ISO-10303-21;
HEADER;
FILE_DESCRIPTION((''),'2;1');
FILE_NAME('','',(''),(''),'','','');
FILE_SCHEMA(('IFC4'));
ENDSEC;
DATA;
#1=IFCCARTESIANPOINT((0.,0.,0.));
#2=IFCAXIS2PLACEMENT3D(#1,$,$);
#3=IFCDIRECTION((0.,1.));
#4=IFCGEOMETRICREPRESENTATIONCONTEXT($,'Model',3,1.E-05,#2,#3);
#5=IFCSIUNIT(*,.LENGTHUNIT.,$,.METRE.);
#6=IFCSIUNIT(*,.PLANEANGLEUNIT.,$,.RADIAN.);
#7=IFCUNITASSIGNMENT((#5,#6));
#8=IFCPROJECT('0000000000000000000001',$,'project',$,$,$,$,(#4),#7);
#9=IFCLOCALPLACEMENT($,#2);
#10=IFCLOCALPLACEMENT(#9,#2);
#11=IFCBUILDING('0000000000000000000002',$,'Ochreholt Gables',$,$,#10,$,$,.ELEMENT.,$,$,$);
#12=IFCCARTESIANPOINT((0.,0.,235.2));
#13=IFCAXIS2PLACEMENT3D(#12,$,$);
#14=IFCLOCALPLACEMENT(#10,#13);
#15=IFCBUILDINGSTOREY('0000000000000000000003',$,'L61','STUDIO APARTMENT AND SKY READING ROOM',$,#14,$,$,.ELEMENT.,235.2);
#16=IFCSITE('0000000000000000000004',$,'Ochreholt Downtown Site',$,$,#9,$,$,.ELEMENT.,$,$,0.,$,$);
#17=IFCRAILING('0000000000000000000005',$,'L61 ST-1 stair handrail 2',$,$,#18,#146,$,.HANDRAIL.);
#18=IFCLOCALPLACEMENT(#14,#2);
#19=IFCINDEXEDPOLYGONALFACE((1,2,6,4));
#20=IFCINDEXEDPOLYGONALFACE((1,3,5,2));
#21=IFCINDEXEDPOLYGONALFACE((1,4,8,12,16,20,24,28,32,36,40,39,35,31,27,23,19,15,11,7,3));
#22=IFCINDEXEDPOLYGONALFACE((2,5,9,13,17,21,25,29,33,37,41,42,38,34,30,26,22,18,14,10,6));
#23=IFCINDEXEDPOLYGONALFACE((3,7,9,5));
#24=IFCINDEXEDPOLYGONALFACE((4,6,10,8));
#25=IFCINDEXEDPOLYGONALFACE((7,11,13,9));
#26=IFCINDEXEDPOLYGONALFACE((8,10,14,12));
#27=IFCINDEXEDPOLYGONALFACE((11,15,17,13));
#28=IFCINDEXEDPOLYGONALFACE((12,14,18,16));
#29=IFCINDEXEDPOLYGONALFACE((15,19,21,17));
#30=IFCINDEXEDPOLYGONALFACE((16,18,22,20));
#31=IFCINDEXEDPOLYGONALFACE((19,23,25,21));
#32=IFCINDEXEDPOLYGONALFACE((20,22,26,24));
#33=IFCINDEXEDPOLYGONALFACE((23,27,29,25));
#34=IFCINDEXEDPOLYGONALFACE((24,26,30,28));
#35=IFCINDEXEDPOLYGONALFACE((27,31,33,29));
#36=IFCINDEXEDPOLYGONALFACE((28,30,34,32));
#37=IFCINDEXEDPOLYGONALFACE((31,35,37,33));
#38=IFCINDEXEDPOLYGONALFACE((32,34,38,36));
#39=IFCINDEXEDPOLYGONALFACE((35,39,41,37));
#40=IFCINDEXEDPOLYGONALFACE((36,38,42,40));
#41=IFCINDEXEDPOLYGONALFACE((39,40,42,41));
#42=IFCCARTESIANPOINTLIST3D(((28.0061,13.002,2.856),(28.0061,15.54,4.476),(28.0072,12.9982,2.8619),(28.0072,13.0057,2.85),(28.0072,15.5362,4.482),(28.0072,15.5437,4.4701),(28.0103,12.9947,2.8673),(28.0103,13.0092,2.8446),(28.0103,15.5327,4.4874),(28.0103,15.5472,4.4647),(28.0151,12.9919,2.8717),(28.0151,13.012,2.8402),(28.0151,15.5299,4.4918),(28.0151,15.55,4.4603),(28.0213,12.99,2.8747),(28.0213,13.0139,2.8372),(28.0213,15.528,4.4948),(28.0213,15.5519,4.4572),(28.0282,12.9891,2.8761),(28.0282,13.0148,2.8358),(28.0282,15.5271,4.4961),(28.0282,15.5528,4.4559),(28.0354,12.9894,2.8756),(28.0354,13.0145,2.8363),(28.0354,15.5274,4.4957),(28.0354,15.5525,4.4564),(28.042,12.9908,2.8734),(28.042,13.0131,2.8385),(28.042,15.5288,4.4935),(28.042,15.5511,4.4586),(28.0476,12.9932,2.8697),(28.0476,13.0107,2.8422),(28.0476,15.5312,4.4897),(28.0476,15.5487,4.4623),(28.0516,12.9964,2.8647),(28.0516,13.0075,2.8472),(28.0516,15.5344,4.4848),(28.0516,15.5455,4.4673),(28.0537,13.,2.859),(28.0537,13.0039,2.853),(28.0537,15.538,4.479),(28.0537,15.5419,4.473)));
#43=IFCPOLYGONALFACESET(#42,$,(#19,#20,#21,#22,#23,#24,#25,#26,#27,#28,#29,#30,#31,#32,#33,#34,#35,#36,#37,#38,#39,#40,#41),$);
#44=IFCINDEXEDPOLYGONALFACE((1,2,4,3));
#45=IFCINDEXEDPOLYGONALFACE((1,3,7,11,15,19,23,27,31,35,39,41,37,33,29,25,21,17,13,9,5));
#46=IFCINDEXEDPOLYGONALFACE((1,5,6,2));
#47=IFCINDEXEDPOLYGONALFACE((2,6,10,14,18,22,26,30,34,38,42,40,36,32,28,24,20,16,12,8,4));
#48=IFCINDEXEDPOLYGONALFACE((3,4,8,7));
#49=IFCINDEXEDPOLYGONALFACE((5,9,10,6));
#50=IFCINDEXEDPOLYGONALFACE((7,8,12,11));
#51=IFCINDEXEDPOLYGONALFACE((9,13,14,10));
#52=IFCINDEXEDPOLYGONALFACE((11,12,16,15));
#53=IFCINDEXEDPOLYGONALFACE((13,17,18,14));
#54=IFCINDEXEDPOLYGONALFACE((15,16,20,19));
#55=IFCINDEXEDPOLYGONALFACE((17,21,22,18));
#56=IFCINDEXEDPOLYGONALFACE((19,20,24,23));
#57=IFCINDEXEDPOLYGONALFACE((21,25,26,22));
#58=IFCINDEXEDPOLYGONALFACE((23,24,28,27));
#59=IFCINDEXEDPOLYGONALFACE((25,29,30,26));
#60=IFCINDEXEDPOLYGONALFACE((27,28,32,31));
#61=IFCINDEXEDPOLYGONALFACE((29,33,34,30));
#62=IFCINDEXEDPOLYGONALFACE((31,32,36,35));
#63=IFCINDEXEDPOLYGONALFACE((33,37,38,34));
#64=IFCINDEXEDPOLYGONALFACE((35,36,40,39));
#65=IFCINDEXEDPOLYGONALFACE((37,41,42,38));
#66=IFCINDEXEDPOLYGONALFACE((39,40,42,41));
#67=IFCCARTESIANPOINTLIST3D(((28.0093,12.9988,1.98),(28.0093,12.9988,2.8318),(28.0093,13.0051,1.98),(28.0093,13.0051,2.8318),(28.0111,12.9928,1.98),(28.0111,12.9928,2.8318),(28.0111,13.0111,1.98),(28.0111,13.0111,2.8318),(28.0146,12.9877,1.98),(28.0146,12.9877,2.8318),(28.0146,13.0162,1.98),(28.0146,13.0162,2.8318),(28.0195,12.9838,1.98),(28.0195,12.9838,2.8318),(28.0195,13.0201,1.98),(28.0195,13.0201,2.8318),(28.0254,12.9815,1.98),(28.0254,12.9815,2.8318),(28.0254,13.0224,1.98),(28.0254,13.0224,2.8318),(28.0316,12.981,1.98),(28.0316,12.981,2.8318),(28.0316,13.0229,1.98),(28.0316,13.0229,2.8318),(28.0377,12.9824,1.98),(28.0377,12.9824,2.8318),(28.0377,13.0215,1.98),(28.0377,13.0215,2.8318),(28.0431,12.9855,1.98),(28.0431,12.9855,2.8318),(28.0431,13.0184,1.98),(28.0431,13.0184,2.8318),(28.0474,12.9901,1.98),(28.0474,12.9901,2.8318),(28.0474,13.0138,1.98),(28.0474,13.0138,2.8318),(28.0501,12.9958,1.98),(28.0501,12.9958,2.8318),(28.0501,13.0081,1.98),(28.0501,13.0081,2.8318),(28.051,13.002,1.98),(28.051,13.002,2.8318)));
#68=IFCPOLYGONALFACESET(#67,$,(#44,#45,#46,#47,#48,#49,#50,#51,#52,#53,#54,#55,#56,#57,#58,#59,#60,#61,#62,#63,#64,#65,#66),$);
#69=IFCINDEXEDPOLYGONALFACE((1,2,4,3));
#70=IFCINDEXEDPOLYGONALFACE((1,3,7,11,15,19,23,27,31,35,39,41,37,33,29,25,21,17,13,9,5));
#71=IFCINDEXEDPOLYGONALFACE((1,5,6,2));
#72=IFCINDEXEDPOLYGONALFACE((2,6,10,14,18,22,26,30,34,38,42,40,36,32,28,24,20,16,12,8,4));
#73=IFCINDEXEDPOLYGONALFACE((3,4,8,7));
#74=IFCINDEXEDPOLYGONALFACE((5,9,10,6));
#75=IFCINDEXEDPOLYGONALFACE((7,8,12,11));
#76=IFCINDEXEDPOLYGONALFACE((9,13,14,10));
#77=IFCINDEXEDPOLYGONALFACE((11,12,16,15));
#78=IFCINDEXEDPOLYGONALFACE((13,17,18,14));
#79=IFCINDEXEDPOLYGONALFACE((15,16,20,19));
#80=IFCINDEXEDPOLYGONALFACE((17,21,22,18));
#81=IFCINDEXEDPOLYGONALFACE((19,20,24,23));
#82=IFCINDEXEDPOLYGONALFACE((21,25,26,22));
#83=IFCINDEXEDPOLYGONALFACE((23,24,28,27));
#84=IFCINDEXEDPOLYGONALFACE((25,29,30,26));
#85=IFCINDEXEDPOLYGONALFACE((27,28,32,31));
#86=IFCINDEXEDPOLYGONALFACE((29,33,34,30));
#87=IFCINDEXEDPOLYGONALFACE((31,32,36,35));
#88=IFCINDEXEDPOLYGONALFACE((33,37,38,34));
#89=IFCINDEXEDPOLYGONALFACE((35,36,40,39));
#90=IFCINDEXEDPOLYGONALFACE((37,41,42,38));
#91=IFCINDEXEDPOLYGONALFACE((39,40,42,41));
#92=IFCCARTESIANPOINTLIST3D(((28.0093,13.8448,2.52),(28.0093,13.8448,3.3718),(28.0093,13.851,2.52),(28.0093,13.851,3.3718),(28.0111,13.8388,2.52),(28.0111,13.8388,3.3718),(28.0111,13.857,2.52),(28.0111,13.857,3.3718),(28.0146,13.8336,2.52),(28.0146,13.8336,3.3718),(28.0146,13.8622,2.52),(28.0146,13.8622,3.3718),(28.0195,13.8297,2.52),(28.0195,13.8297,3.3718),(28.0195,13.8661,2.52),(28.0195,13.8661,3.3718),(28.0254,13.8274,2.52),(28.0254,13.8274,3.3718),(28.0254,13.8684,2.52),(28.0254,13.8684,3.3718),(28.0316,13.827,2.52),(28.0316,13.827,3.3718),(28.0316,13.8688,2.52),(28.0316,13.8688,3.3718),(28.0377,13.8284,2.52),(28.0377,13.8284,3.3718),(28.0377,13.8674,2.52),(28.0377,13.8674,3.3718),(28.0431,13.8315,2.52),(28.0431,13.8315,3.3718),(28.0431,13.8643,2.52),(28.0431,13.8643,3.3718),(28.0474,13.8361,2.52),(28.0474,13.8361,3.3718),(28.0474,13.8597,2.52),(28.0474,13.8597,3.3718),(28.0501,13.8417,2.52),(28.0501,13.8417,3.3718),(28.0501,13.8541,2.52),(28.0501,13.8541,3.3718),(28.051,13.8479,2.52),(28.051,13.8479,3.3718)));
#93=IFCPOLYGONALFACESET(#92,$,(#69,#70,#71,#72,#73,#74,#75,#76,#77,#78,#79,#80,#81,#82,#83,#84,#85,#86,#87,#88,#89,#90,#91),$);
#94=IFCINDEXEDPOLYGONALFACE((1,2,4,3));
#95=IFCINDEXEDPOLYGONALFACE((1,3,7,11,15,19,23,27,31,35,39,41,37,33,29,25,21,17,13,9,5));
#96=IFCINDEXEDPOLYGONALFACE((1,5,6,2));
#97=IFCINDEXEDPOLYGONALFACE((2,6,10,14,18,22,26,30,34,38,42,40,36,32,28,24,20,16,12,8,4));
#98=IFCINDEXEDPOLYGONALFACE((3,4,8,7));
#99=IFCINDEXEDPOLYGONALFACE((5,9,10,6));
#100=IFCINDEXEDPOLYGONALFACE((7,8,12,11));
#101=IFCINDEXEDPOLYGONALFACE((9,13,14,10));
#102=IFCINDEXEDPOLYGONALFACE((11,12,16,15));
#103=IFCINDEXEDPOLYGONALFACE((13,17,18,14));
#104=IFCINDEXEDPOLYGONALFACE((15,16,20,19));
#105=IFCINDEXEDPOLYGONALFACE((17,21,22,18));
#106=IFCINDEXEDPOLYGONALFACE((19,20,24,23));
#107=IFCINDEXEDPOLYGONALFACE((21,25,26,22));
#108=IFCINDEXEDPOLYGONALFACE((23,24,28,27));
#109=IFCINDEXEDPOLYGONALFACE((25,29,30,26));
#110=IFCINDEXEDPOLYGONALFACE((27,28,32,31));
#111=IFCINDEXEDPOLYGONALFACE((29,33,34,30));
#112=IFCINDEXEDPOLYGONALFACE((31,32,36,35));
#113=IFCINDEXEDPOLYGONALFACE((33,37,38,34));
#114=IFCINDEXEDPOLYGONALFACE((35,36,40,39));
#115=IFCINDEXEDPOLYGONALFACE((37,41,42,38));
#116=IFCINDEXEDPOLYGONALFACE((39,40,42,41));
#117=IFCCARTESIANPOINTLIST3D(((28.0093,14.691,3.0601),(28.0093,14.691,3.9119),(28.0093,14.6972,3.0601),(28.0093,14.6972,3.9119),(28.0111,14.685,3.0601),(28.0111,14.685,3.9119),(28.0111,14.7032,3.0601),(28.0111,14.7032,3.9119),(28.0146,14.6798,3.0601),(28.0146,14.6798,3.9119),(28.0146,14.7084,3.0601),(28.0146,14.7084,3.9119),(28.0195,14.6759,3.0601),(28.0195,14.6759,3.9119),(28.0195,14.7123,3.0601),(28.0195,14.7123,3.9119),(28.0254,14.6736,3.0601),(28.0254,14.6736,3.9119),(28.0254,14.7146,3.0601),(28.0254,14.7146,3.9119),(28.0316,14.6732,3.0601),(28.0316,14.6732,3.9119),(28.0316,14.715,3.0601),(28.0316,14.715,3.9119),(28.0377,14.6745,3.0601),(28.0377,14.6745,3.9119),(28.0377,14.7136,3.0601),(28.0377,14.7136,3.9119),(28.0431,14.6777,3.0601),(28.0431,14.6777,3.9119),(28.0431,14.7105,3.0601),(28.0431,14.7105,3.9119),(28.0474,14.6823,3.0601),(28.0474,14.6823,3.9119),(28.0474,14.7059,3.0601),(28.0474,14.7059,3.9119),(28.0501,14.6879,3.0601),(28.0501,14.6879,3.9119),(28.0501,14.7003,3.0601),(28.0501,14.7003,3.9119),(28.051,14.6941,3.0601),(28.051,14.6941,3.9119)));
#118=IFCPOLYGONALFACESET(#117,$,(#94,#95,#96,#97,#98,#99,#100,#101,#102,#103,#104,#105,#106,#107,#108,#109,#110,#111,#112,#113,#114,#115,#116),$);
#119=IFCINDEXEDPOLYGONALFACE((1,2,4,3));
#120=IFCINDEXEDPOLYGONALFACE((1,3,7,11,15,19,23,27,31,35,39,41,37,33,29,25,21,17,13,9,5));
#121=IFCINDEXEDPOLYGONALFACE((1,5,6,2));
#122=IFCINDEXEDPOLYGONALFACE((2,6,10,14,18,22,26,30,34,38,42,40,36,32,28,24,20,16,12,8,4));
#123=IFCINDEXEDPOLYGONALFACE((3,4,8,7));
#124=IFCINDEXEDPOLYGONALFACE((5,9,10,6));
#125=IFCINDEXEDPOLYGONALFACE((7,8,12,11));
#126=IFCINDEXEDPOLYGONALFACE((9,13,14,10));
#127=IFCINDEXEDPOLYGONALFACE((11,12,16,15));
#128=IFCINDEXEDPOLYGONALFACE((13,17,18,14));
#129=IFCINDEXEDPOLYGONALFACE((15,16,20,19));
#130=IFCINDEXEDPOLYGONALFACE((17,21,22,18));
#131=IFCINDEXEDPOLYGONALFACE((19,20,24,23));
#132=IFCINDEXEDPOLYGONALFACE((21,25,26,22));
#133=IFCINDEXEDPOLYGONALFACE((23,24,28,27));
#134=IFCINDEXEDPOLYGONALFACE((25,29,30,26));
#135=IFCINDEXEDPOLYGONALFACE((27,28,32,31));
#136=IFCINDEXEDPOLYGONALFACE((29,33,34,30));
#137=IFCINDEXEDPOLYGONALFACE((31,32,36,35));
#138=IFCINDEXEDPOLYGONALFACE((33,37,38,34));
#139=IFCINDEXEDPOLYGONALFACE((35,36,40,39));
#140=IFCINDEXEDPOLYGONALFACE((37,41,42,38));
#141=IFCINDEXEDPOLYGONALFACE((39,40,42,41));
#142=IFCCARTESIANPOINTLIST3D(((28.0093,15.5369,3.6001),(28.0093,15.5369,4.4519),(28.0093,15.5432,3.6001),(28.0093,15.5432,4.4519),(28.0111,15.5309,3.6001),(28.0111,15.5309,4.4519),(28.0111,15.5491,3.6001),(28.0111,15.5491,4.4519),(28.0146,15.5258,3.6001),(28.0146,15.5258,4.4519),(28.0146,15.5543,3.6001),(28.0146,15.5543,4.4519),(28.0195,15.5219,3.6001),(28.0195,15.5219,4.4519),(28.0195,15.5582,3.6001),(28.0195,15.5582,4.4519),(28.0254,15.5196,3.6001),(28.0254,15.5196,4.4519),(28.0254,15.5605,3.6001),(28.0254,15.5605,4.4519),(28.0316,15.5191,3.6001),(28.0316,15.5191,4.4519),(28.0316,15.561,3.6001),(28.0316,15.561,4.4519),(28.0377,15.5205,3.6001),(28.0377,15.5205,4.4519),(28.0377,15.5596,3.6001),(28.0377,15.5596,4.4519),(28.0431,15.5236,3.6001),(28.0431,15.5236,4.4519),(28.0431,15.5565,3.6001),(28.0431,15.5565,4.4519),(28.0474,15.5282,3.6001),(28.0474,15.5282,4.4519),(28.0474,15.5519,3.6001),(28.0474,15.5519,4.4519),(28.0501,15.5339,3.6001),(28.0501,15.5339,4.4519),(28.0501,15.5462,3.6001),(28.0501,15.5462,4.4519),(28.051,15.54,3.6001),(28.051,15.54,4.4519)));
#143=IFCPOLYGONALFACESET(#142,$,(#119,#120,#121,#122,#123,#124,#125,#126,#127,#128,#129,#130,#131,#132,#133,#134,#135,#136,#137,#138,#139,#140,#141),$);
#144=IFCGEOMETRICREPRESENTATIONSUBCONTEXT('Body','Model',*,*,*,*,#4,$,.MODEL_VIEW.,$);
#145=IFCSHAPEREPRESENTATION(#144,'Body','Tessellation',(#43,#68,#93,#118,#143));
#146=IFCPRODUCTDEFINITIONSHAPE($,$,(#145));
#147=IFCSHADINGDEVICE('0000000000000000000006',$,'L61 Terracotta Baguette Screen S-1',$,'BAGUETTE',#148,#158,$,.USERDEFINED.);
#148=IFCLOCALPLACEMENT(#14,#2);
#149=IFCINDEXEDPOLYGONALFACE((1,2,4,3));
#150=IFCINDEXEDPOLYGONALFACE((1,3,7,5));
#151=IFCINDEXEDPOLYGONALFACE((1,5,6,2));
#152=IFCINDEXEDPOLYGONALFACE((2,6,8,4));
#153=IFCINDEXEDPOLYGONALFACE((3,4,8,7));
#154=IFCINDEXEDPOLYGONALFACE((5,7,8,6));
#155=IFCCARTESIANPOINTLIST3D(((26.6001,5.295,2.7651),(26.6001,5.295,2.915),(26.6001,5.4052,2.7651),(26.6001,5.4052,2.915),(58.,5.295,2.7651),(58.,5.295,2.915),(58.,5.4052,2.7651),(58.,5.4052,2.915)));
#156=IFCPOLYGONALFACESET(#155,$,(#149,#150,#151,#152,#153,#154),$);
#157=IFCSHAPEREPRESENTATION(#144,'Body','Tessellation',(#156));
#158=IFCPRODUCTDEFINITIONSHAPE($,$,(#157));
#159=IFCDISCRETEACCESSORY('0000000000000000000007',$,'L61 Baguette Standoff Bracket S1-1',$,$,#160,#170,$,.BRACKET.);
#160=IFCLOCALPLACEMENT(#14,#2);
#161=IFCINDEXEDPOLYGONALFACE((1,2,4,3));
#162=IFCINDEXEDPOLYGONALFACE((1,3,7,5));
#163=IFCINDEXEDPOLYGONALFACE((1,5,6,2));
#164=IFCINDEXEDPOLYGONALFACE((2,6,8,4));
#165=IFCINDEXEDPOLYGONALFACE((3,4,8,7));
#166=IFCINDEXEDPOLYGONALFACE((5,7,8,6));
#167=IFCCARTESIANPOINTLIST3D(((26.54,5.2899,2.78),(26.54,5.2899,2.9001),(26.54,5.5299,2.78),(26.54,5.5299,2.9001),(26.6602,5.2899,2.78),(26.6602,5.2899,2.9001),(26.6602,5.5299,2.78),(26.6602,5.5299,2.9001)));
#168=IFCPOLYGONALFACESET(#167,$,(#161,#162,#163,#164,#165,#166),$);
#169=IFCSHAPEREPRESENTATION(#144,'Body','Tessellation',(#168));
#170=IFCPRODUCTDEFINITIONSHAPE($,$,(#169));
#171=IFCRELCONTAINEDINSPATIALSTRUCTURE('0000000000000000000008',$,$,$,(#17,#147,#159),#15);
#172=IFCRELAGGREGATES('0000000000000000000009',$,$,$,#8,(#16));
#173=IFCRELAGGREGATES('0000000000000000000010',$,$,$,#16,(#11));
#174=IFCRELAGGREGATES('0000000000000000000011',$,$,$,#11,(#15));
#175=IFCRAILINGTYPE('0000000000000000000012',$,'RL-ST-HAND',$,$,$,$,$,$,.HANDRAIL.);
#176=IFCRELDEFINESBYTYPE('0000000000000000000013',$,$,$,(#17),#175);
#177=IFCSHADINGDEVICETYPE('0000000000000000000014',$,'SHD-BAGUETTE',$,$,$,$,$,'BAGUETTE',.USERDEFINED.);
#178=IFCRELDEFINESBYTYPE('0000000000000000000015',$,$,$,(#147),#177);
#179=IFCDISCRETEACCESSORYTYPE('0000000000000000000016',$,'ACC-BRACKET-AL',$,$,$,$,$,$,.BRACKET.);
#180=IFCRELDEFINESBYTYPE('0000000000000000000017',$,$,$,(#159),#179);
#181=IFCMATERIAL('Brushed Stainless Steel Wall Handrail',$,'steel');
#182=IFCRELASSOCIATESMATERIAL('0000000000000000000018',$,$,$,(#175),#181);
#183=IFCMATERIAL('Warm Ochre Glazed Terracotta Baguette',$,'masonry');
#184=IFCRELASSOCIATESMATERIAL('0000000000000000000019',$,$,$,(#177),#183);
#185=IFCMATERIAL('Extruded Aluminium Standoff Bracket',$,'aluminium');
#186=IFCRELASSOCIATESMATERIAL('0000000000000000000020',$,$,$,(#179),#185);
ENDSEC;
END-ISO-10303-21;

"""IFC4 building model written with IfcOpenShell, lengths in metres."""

from ifc_helpers import new_model, si_unit, direction, frame, origin, origin_2d, place, context, subcontext, project, spatial, rectangle, circle, extrude, material, material_profile, profile_set, type_object, element, save


model = new_model("IFC4")

# Units and contexts
model_context = context("Model", 3, precision=1e-05, world=origin(), true_north=direction((0.0, 1.0)))
body_context = subcontext(model_context, "Body", "Model", "MODEL_VIEW")
ifc_project = project(units=[si_unit("LENGTHUNIT", "METRE"), si_unit("PLANEANGLEUNIT", "RADIAN")], contexts=[model_context])

# Site, building, storey
site_placement = place(None, origin())
site = spatial("IfcSite", under=ifc_project, at=site_placement, Name="Ochreholt Downtown Site", CompositionType="ELEMENT", RefElevation=0.0)
building_placement = place(site_placement, origin())
building = spatial("IfcBuilding", under=site, at=building_placement, Name="Ochreholt Gables", CompositionType="ELEMENT")
storey_placement = place(building_placement, frame((0.0, 0.0, 235.2)))
storey = spatial("IfcBuildingStorey", under=building, at=storey_placement, Name="L61", Description="STUDIO APARTMENT AND SKY READING ROOM", CompositionType="ELEMENT", Elevation=235.2)

# Railing
ifc_material_1 = material(Name="Brushed Stainless Steel Wall Handrail", Category="steel")
railing_type_1 = type_object("IfcRailingType", Name="RL-ST-HAND", PredefinedType="HANDRAIL", material=ifc_material_1)
railing_1_placement = place(storey_placement, frame((28.03, 13.002, 1.98)))
element("IfcRailing", 1, at=railing_1_placement, inside=storey, type_object=railing_type_1, Name="L61 ST-1 stair handrail 2", PredefinedType="HANDRAIL", context=body_context, shape_type="SweptSolid", body=[
    extrude(circle(Radius=0.0239, at=origin_2d()), frame((0.0, 0.0, 0.876), z_axis=(0.0, 0.842913, 0.53805), x_axis=(-1.0, 0.0, 0.0)), (0.0, 0.0, 1.0), 3.011),
    extrude(circle(Radius=0.021, at=origin_2d()), origin(), (0.0, 0.0, 1.0), 0.8518),
    extrude(circle(Radius=0.021, at=origin_2d()), frame((0.0, 0.8459, 0.54)), (0.0, 0.0, 1.0), 0.8518),
    extrude(circle(Radius=0.021, at=origin_2d()), frame((0.0, 1.6921, 1.0801)), (0.0, 0.0, 1.0), 0.8518),
    extrude(circle(Radius=0.021, at=origin_2d()), frame((0.0, 2.5381, 1.6201)), (0.0, 0.0, 1.0), 0.8518),
])

# Shading device
ifc_material_2 = material(Name="Warm Ochre Glazed Terracotta Baguette", Category="masonry")
ifc_material_profile_1 = material_profile(ifc_material_2, rectangle(XDim=0.1101, YDim=0.1499, at=origin_2d()), Name="TCBAG110X150")
ifc_profile_set_1 = profile_set([ifc_material_profile_1], Name="Warm Ochre Glazed Terracotta Baguette")
shading_device_type = type_object("IfcShadingDeviceType", Name="SHD-BAGUETTE", ElementType="BAGUETTE", PredefinedType="USERDEFINED", material=ifc_profile_set_1)
shading_device_placement = place(storey_placement, frame((26.6001, 5.3501, 2.8401), z_axis=(1.0, 0.0, 0.0), x_axis=(0.0, 1.0, 0.0)))
element("IfcShadingDevice", 2, at=shading_device_placement, inside=storey, type_object=shading_device_type, Name="L61 Terracotta Baguette Screen S-1", ObjectType="BAGUETTE", PredefinedType="USERDEFINED", context=body_context, shape_type="SweptSolid", body=[
    extrude(rectangle(XDim=0.1101, YDim=0.1499, at=origin_2d()), origin(), (0.0, 0.0, 1.0), 31.3999),
])

# Discrete accessory
ifc_material_3 = material(Name="Extruded Aluminium Standoff Bracket", Category="aluminium")
discrete_accessory_type = type_object("IfcDiscreteAccessoryType", Name="ACC-BRACKET-AL", PredefinedType="BRACKET", material=ifc_material_3)
discrete_accessory_placement = place(storey_placement, frame((26.6001, 5.4099, 2.78), z_axis=(0.0, 0.0, 1.0), x_axis=(1.0, 0.0, 0.0)))
element("IfcDiscreteAccessory", 3, at=discrete_accessory_placement, inside=storey, type_object=discrete_accessory_type, Name="L61 Baguette Standoff Bracket S1-1", PredefinedType="BRACKET", context=body_context, shape_type="SweptSolid", body=[
    extrude(rectangle(XDim=0.1201, YDim=0.24, at=origin_2d()), origin(), (0.0, 0.0, 1.0), 0.1201),
])

save(model, "model.ifc")
